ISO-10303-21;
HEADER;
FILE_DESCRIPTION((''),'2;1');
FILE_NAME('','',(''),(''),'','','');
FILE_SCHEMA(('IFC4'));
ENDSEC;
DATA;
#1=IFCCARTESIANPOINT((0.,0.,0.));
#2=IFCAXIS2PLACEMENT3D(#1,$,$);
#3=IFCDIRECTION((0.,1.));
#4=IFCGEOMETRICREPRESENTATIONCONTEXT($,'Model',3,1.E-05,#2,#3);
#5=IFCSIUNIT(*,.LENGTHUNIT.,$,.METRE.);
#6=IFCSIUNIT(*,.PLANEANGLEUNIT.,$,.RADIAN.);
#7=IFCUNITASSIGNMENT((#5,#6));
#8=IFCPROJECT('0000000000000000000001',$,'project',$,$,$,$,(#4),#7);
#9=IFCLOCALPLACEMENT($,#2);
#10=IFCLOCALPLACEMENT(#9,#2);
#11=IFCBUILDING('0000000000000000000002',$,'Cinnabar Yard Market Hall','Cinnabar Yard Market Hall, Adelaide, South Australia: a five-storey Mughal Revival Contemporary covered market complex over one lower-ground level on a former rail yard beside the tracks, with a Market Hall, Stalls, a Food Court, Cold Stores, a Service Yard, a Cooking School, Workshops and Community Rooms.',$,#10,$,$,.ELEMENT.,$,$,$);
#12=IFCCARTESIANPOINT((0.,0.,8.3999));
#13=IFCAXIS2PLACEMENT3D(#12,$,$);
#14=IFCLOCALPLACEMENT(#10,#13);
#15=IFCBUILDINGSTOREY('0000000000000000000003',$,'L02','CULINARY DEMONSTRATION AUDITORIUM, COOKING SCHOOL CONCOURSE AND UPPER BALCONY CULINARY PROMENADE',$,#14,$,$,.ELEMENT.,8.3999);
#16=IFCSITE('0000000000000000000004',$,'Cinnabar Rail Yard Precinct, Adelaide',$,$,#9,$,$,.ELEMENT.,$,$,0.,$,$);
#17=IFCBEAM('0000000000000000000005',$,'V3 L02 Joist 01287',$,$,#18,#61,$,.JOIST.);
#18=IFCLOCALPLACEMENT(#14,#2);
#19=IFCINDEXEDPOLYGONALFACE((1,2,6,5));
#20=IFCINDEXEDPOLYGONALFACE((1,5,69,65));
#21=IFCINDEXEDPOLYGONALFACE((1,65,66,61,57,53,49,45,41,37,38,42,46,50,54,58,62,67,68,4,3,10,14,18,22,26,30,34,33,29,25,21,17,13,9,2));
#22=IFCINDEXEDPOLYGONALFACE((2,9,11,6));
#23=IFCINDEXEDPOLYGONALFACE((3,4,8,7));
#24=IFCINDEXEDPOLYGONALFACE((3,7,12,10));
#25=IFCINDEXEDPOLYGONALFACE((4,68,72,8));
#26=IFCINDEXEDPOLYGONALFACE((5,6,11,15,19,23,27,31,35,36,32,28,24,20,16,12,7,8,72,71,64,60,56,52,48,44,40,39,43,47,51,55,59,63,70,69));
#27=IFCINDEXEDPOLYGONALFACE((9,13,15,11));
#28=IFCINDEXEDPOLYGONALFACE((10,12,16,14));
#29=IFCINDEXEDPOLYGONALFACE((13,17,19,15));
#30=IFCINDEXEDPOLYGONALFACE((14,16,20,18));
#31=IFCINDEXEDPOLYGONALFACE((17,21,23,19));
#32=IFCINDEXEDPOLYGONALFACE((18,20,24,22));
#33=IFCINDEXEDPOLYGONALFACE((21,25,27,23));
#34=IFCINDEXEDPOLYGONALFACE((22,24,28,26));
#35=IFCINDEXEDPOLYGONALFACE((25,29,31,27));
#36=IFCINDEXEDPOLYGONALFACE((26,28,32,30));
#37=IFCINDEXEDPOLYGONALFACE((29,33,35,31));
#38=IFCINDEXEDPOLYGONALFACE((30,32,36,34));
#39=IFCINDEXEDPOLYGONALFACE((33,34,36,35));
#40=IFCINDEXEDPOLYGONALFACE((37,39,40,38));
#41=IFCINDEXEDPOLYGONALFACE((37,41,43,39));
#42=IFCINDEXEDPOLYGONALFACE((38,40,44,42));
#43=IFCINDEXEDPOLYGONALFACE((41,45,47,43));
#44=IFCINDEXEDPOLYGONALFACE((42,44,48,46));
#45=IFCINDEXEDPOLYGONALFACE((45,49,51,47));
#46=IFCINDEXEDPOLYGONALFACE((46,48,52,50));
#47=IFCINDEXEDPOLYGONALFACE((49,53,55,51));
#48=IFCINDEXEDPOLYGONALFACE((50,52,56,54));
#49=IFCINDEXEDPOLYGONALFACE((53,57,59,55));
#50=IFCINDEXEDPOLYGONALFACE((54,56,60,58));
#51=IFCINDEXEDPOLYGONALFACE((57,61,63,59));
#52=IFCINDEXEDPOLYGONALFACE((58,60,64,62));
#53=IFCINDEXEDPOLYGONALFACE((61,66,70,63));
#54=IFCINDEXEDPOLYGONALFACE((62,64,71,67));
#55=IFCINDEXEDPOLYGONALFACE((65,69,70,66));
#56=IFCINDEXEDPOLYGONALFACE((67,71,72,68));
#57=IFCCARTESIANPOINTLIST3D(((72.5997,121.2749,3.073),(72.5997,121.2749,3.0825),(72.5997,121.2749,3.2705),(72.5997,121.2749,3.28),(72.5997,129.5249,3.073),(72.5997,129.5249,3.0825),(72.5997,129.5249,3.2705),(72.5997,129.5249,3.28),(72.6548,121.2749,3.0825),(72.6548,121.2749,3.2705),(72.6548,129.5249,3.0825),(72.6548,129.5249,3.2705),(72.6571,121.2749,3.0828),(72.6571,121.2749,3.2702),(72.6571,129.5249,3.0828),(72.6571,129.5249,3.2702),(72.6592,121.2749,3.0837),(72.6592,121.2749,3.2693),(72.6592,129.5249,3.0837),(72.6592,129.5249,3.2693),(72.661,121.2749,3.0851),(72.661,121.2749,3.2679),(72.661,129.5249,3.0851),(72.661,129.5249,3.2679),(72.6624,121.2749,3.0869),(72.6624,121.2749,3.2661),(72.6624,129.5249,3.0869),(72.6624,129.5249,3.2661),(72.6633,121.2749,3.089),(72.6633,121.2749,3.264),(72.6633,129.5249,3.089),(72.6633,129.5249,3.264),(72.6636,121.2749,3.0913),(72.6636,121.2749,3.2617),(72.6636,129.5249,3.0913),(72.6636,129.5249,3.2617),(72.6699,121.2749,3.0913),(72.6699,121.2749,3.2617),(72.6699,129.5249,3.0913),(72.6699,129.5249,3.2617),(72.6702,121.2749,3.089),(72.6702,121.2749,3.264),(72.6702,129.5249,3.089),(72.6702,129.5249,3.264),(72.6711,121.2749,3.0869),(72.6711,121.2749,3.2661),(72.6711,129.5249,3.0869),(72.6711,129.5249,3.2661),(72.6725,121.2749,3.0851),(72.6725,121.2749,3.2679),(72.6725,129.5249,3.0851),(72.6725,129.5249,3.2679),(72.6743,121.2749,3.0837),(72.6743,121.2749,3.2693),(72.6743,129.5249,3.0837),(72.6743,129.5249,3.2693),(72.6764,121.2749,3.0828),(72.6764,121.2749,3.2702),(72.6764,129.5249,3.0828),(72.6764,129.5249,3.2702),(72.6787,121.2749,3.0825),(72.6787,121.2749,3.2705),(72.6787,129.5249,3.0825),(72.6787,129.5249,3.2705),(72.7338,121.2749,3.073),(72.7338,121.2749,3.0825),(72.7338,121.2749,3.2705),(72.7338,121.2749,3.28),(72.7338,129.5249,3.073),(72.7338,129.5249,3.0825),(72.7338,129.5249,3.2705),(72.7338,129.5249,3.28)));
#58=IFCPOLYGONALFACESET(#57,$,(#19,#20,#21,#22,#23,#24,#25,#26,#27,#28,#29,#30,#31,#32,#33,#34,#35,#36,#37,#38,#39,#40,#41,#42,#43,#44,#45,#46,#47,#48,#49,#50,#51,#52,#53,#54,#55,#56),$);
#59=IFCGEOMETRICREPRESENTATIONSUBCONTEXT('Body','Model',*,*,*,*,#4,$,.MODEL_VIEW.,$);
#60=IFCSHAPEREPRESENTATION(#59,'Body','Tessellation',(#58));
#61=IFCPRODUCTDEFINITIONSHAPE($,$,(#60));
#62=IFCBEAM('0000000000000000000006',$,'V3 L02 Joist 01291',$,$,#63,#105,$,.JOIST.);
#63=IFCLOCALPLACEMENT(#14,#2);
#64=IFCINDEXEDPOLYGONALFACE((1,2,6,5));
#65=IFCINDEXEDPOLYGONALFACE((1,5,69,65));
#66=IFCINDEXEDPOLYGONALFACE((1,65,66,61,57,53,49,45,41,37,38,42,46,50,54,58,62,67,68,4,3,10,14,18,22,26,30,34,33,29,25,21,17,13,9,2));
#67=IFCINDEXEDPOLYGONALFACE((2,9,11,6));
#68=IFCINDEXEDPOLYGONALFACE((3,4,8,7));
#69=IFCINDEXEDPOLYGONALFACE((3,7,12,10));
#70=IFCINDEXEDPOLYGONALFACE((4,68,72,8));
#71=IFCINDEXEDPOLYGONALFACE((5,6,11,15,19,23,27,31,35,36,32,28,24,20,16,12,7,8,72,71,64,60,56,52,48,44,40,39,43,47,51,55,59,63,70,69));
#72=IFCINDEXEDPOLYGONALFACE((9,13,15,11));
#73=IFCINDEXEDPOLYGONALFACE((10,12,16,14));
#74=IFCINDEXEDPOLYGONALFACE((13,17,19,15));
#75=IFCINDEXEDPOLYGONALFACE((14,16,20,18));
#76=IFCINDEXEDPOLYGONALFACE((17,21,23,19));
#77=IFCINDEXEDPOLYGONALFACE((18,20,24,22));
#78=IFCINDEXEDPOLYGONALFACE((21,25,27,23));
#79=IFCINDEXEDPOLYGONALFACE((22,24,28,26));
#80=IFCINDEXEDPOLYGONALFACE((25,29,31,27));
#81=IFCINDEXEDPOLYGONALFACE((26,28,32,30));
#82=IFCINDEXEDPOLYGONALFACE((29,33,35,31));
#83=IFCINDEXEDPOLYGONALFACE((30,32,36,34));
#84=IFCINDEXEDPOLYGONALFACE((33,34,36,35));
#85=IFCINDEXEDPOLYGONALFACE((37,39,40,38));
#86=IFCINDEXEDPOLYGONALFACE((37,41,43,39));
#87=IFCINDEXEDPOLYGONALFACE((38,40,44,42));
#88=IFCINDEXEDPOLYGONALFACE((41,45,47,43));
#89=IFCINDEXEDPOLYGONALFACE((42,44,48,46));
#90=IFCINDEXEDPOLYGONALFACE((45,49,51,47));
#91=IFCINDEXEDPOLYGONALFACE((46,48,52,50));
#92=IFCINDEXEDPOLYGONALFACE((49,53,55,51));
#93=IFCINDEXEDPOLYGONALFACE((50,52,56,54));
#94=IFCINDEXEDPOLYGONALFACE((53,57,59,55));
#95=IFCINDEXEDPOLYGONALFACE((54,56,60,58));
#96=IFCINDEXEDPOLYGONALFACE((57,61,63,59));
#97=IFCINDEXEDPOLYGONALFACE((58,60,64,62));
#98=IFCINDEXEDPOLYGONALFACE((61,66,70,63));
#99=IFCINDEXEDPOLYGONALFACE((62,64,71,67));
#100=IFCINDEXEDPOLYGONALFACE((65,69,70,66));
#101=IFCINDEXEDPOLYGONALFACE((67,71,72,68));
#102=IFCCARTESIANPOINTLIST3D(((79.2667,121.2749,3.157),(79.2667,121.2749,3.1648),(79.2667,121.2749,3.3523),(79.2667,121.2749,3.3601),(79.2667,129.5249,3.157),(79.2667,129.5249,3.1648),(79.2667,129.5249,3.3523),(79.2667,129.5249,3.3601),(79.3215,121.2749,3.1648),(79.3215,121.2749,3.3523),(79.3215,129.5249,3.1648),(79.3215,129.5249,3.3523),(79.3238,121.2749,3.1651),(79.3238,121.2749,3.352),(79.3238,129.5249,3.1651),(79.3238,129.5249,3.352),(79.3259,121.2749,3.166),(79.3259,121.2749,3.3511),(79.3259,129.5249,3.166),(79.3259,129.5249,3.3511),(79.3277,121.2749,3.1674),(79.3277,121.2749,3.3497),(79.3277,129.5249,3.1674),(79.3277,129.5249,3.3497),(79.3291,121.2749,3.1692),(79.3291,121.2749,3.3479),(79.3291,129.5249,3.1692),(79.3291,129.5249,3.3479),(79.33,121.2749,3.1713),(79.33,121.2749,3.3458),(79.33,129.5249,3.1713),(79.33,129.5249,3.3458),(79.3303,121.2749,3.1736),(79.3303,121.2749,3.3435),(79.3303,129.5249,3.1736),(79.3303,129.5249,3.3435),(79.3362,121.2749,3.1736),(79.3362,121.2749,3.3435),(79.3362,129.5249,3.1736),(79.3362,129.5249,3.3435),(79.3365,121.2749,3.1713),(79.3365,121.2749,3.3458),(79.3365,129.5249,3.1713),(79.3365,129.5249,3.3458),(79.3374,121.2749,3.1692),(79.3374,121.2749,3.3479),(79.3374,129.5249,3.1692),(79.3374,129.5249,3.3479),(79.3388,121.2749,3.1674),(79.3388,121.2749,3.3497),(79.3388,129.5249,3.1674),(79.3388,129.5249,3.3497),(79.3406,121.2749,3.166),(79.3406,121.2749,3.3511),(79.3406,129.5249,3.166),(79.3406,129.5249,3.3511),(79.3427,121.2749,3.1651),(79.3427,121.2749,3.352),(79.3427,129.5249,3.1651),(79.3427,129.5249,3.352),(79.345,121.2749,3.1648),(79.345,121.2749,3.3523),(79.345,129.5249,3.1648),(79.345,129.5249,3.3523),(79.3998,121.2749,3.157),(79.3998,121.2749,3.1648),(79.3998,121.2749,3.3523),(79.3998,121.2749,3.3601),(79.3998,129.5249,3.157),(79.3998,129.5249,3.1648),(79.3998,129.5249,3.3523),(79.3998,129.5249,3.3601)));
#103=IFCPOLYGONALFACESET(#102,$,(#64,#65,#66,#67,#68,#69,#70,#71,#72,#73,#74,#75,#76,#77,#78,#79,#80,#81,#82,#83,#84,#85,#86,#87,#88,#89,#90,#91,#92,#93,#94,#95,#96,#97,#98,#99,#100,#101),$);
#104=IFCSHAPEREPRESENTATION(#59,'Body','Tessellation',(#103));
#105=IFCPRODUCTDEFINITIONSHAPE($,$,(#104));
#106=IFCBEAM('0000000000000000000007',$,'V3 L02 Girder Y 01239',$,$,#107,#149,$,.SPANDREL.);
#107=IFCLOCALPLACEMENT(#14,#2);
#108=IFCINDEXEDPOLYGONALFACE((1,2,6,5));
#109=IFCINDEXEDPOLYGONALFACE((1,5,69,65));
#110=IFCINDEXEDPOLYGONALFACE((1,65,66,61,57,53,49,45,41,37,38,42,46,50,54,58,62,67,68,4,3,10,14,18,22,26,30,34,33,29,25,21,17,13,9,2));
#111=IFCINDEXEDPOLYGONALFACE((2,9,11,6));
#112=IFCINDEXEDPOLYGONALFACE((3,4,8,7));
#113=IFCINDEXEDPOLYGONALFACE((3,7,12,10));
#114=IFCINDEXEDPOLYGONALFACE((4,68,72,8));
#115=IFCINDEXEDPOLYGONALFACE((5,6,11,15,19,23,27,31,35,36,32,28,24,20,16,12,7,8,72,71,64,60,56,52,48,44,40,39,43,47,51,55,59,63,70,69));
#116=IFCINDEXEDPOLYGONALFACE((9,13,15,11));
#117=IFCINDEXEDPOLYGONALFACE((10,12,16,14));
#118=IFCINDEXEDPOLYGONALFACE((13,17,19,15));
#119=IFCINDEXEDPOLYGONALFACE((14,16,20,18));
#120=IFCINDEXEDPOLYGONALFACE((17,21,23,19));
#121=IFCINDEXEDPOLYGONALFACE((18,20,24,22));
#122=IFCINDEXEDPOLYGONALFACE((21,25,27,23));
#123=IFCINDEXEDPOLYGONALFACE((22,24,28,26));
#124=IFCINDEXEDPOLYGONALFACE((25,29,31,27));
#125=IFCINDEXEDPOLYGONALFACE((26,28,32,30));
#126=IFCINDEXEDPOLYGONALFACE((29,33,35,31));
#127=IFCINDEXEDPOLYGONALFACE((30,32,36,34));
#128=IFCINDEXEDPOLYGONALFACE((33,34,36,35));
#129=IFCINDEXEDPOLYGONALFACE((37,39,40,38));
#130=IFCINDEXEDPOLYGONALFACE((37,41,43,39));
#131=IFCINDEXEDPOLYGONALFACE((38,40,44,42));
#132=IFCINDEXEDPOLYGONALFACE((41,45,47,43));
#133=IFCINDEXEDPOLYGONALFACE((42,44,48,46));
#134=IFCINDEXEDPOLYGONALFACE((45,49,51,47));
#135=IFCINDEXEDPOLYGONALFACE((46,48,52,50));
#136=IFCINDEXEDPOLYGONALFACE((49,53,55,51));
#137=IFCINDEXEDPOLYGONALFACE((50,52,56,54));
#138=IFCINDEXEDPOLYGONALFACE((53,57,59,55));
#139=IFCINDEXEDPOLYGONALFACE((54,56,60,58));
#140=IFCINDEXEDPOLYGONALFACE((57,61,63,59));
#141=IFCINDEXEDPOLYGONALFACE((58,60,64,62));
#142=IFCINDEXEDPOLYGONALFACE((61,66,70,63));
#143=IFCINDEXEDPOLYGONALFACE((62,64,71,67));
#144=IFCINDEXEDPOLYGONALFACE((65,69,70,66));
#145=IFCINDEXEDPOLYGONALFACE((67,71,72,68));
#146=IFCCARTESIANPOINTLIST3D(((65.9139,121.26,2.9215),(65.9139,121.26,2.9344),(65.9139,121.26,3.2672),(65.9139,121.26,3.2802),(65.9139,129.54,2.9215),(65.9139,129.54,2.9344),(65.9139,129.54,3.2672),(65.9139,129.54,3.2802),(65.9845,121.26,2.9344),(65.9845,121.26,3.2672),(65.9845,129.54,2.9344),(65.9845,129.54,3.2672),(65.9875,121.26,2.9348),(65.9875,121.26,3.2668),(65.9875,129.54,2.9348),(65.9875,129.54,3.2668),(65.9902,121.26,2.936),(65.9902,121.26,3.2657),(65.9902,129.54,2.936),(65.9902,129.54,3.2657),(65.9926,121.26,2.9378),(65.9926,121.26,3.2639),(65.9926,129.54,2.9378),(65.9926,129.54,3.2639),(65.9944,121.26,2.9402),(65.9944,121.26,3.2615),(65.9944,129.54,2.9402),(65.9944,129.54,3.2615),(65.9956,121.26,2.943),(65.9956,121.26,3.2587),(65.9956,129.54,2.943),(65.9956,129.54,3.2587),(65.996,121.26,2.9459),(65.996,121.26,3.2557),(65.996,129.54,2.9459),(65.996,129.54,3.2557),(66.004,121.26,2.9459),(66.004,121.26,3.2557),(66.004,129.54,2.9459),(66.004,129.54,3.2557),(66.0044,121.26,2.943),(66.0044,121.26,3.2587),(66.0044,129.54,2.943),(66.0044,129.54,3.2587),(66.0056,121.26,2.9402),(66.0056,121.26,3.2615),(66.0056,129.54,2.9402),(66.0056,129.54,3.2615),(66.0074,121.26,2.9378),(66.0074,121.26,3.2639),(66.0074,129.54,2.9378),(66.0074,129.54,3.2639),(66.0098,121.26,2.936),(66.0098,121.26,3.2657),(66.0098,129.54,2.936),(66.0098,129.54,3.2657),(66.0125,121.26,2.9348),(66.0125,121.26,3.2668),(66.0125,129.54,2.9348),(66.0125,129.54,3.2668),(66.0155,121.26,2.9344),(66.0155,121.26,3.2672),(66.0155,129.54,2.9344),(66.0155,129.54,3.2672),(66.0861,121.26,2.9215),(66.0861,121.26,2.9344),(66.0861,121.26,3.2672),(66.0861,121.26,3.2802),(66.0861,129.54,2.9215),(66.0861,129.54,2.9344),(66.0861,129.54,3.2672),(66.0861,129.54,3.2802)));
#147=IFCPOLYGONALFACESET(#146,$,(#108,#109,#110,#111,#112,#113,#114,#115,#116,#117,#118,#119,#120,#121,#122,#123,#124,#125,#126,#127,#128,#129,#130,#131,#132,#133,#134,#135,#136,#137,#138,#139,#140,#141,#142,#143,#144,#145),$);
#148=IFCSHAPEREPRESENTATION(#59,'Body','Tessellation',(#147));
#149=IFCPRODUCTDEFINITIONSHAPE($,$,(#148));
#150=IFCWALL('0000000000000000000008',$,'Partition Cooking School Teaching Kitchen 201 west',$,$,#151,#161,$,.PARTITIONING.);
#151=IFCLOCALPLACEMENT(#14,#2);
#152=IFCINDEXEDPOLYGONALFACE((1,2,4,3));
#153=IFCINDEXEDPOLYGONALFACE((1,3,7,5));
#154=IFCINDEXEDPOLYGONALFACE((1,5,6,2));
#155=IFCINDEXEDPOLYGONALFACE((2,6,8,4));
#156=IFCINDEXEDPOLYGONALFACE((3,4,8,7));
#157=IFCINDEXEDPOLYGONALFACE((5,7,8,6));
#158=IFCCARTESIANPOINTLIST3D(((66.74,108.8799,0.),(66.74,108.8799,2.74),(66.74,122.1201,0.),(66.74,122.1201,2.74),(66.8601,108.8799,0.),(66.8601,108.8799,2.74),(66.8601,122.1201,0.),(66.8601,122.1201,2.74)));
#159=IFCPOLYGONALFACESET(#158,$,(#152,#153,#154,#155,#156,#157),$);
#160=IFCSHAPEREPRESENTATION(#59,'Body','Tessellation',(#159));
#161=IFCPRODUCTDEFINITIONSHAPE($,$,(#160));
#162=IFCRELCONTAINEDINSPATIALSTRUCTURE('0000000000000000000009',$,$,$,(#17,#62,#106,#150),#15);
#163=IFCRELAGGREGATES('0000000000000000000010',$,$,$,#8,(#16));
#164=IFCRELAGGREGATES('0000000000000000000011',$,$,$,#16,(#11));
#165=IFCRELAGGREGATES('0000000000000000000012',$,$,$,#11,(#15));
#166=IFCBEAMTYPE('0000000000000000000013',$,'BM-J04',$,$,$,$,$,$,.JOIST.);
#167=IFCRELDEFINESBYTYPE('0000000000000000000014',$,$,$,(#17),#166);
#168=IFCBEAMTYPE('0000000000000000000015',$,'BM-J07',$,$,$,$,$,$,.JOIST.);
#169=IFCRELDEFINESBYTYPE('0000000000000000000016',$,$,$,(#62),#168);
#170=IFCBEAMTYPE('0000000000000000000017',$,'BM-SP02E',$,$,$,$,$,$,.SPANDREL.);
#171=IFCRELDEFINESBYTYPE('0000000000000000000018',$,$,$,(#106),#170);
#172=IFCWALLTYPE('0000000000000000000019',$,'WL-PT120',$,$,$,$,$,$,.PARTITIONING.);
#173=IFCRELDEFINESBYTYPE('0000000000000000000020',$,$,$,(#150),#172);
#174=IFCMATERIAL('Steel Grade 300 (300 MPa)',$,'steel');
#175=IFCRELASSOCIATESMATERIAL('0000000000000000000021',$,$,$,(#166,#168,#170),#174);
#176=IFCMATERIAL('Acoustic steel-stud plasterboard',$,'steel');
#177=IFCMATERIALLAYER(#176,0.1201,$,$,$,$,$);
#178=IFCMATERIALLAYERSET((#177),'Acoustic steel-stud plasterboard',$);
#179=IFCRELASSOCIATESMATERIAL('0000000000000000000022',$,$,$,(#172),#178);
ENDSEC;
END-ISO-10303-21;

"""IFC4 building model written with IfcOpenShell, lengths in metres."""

from ifc_helpers import new_model, si_unit, direction, frame, frame_2d, origin, origin_2d_with_axis, place, context, subcontext, project, spatial, rectangle, i_section, extrude, material, layer, layer_set, material_profile, profile_set, type_object, element, save


model = new_model("IFC4")

# Units and contexts
model_context = context("Model", 3, precision=1e-05, world=origin(), true_north=direction((0.0, 1.0)))
body_context = subcontext(model_context, "Body", "Model", "MODEL_VIEW")
ifc_project = project(units=[si_unit("LENGTHUNIT", "METRE"), si_unit("PLANEANGLEUNIT", "RADIAN")], contexts=[model_context])

# Site, building, storey
site_placement = place(None, origin())
site = spatial("IfcSite", under=ifc_project, at=site_placement, Name="Cinnabar Rail Yard Precinct, Adelaide", CompositionType="ELEMENT", RefElevation=0.0)
building_placement = place(site_placement, origin())
building = spatial("IfcBuilding", under=site, at=building_placement, Name="Cinnabar Yard Market Hall", Description="Cinnabar Yard Market Hall, Adelaide, South Australia: a five-storey Mughal Revival Contemporary covered market complex over one lower-ground level on a former rail yard beside the tracks, with a Market Hall, Stalls, a Food Court, Cold Stores, a Service Yard, a Cooking School, Workshops and Community Rooms.", CompositionType="ELEMENT")
storey_placement = place(building_placement, frame((0.0, 0.0, 8.3999)))
storey = spatial("IfcBuildingStorey", under=building, at=storey_placement, Name="L02", Description="CULINARY DEMONSTRATION AUDITORIUM, COOKING SCHOOL CONCOURSE AND UPPER BALCONY CULINARY PROMENADE", CompositionType="ELEMENT", Elevation=8.3999)

# Shared definitions
ifc_material_1 = material(Name="Steel Grade 300 (300 MPa)", Category="steel")

# Beams
ifc_material_profile_1 = material_profile(ifc_material_1, i_section(OverallWidth=0.134, OverallDepth=0.207, WebThickness=0.0063, FlangeThickness=0.0095, FilletRadius=0.0088, at=origin_2d_with_axis()), Name="200UB29.8")
ifc_profile_set_1 = profile_set([ifc_material_profile_1], Name="Steel Grade 300 (300 MPa)")
beam_type_1 = type_object("IfcBeamType", Name="BM-J04", PredefinedType="JOIST", material=ifc_profile_set_1)
for number, where, z_axis, x_axis, name in (
    (1, (72.6667, 121.2749, 3.1765), (0.0, 1.0, 0.0), (-1.0, 0.0, 0.0), "V3 L02 Joist 01287"),
):
    element("IfcBeam", number, at=place(storey_placement, frame(where, z_axis=z_axis, x_axis=x_axis)), inside=storey, type_object=beam_type_1, Name=name, PredefinedType="JOIST", context=body_context, shape_type="SweptSolid", body=[
        extrude(i_section(OverallWidth=0.134, OverallDepth=0.207, WebThickness=0.0063, FlangeThickness=0.0095, FilletRadius=0.0088, at=origin_2d_with_axis()), origin(), (0.0, 0.0, 1.0), 8.25),
    ])
ifc_material_profile_2 = material_profile(ifc_material_1, i_section(OverallWidth=0.1331, OverallDepth=0.2031, WebThickness=0.0059, FlangeThickness=0.0078, FilletRadius=0.0088, at=origin_2d_with_axis()), Name="200UB25.4")
ifc_profile_set_2 = profile_set([ifc_material_profile_2], Name="Steel Grade 300 (300 MPa)")
beam_type_2 = type_object("IfcBeamType", Name="BM-J07", PredefinedType="JOIST", material=ifc_profile_set_2)
beam_1_placement = place(storey_placement, frame((79.3333, 121.2749, 3.2585), z_axis=(0.0, 1.0, 0.0), x_axis=(-1.0, 0.0, 0.0)))
element("IfcBeam", 2, at=beam_1_placement, inside=storey, type_object=beam_type_2, Name="V3 L02 Joist 01291", PredefinedType="JOIST", context=body_context, shape_type="SweptSolid", body=[
    extrude(i_section(OverallWidth=0.1331, OverallDepth=0.2031, WebThickness=0.0059, FlangeThickness=0.0078, FilletRadius=0.0088, at=origin_2d_with_axis()), origin(), (0.0, 0.0, 1.0), 8.25),
])
ifc_material_profile_3 = material_profile(ifc_material_1, i_section(OverallWidth=0.1721, OverallDepth=0.3586, WebThickness=0.0081, FlangeThickness=0.0129, FilletRadius=0.0115, at=origin_2d_with_axis()), Name="360UB56.7")
ifc_profile_set_3 = profile_set([ifc_material_profile_3], Name="Steel Grade 300 (300 MPa)")
beam_type_3 = type_object("IfcBeamType", Name="BM-SP02E", PredefinedType="SPANDREL", material=ifc_profile_set_3)
beam_2_placement = place(storey_placement, frame((66.0, 121.26, 3.1008), z_axis=(0.0, 1.0, 0.0), x_axis=(-1.0, 0.0, 0.0)))
element("IfcBeam", 3, at=beam_2_placement, inside=storey, type_object=beam_type_3, Name="V3 L02 Girder Y 01239", PredefinedType="SPANDREL", context=body_context, shape_type="SweptSolid", body=[
    extrude(i_section(OverallWidth=0.1721, OverallDepth=0.3586, WebThickness=0.0081, FlangeThickness=0.0129, FilletRadius=0.0115, at=origin_2d_with_axis()), origin(), (0.0, 0.0, 1.0), 8.28),
])

# Wall
ifc_material_2 = material(Name="Acoustic steel-stud plasterboard", Category="steel")
ifc_layer_1 = layer(ifc_material_2, 0.1201)
ifc_layer_set_1 = layer_set([ifc_layer_1], Name="Acoustic steel-stud plasterboard")
wall_type_1 = type_object("IfcWallType", Name="WL-PT120", PredefinedType="PARTITIONING", material=ifc_layer_set_1)
wall_1_placement = place(storey_placement, frame((66.8, 122.1201, 0.0), z_axis=(0.0, 0.0, 1.0), x_axis=(0.0, -1.0, 0.0)))
element("IfcWall", 4, at=wall_1_placement, inside=storey, type_object=wall_type_1, Name="Partition Cooking School Teaching Kitchen 201 west", PredefinedType="PARTITIONING", context=body_context, shape_type="SweptSolid", body=[
    extrude(rectangle(XDim=13.2402, YDim=0.1201, at=frame_2d((6.6201, 0.0), x_axis=(1.0, 0.0))), origin(), (0.0, 0.0, 1.0), 2.74),
])

save(model, "model.ifc")
